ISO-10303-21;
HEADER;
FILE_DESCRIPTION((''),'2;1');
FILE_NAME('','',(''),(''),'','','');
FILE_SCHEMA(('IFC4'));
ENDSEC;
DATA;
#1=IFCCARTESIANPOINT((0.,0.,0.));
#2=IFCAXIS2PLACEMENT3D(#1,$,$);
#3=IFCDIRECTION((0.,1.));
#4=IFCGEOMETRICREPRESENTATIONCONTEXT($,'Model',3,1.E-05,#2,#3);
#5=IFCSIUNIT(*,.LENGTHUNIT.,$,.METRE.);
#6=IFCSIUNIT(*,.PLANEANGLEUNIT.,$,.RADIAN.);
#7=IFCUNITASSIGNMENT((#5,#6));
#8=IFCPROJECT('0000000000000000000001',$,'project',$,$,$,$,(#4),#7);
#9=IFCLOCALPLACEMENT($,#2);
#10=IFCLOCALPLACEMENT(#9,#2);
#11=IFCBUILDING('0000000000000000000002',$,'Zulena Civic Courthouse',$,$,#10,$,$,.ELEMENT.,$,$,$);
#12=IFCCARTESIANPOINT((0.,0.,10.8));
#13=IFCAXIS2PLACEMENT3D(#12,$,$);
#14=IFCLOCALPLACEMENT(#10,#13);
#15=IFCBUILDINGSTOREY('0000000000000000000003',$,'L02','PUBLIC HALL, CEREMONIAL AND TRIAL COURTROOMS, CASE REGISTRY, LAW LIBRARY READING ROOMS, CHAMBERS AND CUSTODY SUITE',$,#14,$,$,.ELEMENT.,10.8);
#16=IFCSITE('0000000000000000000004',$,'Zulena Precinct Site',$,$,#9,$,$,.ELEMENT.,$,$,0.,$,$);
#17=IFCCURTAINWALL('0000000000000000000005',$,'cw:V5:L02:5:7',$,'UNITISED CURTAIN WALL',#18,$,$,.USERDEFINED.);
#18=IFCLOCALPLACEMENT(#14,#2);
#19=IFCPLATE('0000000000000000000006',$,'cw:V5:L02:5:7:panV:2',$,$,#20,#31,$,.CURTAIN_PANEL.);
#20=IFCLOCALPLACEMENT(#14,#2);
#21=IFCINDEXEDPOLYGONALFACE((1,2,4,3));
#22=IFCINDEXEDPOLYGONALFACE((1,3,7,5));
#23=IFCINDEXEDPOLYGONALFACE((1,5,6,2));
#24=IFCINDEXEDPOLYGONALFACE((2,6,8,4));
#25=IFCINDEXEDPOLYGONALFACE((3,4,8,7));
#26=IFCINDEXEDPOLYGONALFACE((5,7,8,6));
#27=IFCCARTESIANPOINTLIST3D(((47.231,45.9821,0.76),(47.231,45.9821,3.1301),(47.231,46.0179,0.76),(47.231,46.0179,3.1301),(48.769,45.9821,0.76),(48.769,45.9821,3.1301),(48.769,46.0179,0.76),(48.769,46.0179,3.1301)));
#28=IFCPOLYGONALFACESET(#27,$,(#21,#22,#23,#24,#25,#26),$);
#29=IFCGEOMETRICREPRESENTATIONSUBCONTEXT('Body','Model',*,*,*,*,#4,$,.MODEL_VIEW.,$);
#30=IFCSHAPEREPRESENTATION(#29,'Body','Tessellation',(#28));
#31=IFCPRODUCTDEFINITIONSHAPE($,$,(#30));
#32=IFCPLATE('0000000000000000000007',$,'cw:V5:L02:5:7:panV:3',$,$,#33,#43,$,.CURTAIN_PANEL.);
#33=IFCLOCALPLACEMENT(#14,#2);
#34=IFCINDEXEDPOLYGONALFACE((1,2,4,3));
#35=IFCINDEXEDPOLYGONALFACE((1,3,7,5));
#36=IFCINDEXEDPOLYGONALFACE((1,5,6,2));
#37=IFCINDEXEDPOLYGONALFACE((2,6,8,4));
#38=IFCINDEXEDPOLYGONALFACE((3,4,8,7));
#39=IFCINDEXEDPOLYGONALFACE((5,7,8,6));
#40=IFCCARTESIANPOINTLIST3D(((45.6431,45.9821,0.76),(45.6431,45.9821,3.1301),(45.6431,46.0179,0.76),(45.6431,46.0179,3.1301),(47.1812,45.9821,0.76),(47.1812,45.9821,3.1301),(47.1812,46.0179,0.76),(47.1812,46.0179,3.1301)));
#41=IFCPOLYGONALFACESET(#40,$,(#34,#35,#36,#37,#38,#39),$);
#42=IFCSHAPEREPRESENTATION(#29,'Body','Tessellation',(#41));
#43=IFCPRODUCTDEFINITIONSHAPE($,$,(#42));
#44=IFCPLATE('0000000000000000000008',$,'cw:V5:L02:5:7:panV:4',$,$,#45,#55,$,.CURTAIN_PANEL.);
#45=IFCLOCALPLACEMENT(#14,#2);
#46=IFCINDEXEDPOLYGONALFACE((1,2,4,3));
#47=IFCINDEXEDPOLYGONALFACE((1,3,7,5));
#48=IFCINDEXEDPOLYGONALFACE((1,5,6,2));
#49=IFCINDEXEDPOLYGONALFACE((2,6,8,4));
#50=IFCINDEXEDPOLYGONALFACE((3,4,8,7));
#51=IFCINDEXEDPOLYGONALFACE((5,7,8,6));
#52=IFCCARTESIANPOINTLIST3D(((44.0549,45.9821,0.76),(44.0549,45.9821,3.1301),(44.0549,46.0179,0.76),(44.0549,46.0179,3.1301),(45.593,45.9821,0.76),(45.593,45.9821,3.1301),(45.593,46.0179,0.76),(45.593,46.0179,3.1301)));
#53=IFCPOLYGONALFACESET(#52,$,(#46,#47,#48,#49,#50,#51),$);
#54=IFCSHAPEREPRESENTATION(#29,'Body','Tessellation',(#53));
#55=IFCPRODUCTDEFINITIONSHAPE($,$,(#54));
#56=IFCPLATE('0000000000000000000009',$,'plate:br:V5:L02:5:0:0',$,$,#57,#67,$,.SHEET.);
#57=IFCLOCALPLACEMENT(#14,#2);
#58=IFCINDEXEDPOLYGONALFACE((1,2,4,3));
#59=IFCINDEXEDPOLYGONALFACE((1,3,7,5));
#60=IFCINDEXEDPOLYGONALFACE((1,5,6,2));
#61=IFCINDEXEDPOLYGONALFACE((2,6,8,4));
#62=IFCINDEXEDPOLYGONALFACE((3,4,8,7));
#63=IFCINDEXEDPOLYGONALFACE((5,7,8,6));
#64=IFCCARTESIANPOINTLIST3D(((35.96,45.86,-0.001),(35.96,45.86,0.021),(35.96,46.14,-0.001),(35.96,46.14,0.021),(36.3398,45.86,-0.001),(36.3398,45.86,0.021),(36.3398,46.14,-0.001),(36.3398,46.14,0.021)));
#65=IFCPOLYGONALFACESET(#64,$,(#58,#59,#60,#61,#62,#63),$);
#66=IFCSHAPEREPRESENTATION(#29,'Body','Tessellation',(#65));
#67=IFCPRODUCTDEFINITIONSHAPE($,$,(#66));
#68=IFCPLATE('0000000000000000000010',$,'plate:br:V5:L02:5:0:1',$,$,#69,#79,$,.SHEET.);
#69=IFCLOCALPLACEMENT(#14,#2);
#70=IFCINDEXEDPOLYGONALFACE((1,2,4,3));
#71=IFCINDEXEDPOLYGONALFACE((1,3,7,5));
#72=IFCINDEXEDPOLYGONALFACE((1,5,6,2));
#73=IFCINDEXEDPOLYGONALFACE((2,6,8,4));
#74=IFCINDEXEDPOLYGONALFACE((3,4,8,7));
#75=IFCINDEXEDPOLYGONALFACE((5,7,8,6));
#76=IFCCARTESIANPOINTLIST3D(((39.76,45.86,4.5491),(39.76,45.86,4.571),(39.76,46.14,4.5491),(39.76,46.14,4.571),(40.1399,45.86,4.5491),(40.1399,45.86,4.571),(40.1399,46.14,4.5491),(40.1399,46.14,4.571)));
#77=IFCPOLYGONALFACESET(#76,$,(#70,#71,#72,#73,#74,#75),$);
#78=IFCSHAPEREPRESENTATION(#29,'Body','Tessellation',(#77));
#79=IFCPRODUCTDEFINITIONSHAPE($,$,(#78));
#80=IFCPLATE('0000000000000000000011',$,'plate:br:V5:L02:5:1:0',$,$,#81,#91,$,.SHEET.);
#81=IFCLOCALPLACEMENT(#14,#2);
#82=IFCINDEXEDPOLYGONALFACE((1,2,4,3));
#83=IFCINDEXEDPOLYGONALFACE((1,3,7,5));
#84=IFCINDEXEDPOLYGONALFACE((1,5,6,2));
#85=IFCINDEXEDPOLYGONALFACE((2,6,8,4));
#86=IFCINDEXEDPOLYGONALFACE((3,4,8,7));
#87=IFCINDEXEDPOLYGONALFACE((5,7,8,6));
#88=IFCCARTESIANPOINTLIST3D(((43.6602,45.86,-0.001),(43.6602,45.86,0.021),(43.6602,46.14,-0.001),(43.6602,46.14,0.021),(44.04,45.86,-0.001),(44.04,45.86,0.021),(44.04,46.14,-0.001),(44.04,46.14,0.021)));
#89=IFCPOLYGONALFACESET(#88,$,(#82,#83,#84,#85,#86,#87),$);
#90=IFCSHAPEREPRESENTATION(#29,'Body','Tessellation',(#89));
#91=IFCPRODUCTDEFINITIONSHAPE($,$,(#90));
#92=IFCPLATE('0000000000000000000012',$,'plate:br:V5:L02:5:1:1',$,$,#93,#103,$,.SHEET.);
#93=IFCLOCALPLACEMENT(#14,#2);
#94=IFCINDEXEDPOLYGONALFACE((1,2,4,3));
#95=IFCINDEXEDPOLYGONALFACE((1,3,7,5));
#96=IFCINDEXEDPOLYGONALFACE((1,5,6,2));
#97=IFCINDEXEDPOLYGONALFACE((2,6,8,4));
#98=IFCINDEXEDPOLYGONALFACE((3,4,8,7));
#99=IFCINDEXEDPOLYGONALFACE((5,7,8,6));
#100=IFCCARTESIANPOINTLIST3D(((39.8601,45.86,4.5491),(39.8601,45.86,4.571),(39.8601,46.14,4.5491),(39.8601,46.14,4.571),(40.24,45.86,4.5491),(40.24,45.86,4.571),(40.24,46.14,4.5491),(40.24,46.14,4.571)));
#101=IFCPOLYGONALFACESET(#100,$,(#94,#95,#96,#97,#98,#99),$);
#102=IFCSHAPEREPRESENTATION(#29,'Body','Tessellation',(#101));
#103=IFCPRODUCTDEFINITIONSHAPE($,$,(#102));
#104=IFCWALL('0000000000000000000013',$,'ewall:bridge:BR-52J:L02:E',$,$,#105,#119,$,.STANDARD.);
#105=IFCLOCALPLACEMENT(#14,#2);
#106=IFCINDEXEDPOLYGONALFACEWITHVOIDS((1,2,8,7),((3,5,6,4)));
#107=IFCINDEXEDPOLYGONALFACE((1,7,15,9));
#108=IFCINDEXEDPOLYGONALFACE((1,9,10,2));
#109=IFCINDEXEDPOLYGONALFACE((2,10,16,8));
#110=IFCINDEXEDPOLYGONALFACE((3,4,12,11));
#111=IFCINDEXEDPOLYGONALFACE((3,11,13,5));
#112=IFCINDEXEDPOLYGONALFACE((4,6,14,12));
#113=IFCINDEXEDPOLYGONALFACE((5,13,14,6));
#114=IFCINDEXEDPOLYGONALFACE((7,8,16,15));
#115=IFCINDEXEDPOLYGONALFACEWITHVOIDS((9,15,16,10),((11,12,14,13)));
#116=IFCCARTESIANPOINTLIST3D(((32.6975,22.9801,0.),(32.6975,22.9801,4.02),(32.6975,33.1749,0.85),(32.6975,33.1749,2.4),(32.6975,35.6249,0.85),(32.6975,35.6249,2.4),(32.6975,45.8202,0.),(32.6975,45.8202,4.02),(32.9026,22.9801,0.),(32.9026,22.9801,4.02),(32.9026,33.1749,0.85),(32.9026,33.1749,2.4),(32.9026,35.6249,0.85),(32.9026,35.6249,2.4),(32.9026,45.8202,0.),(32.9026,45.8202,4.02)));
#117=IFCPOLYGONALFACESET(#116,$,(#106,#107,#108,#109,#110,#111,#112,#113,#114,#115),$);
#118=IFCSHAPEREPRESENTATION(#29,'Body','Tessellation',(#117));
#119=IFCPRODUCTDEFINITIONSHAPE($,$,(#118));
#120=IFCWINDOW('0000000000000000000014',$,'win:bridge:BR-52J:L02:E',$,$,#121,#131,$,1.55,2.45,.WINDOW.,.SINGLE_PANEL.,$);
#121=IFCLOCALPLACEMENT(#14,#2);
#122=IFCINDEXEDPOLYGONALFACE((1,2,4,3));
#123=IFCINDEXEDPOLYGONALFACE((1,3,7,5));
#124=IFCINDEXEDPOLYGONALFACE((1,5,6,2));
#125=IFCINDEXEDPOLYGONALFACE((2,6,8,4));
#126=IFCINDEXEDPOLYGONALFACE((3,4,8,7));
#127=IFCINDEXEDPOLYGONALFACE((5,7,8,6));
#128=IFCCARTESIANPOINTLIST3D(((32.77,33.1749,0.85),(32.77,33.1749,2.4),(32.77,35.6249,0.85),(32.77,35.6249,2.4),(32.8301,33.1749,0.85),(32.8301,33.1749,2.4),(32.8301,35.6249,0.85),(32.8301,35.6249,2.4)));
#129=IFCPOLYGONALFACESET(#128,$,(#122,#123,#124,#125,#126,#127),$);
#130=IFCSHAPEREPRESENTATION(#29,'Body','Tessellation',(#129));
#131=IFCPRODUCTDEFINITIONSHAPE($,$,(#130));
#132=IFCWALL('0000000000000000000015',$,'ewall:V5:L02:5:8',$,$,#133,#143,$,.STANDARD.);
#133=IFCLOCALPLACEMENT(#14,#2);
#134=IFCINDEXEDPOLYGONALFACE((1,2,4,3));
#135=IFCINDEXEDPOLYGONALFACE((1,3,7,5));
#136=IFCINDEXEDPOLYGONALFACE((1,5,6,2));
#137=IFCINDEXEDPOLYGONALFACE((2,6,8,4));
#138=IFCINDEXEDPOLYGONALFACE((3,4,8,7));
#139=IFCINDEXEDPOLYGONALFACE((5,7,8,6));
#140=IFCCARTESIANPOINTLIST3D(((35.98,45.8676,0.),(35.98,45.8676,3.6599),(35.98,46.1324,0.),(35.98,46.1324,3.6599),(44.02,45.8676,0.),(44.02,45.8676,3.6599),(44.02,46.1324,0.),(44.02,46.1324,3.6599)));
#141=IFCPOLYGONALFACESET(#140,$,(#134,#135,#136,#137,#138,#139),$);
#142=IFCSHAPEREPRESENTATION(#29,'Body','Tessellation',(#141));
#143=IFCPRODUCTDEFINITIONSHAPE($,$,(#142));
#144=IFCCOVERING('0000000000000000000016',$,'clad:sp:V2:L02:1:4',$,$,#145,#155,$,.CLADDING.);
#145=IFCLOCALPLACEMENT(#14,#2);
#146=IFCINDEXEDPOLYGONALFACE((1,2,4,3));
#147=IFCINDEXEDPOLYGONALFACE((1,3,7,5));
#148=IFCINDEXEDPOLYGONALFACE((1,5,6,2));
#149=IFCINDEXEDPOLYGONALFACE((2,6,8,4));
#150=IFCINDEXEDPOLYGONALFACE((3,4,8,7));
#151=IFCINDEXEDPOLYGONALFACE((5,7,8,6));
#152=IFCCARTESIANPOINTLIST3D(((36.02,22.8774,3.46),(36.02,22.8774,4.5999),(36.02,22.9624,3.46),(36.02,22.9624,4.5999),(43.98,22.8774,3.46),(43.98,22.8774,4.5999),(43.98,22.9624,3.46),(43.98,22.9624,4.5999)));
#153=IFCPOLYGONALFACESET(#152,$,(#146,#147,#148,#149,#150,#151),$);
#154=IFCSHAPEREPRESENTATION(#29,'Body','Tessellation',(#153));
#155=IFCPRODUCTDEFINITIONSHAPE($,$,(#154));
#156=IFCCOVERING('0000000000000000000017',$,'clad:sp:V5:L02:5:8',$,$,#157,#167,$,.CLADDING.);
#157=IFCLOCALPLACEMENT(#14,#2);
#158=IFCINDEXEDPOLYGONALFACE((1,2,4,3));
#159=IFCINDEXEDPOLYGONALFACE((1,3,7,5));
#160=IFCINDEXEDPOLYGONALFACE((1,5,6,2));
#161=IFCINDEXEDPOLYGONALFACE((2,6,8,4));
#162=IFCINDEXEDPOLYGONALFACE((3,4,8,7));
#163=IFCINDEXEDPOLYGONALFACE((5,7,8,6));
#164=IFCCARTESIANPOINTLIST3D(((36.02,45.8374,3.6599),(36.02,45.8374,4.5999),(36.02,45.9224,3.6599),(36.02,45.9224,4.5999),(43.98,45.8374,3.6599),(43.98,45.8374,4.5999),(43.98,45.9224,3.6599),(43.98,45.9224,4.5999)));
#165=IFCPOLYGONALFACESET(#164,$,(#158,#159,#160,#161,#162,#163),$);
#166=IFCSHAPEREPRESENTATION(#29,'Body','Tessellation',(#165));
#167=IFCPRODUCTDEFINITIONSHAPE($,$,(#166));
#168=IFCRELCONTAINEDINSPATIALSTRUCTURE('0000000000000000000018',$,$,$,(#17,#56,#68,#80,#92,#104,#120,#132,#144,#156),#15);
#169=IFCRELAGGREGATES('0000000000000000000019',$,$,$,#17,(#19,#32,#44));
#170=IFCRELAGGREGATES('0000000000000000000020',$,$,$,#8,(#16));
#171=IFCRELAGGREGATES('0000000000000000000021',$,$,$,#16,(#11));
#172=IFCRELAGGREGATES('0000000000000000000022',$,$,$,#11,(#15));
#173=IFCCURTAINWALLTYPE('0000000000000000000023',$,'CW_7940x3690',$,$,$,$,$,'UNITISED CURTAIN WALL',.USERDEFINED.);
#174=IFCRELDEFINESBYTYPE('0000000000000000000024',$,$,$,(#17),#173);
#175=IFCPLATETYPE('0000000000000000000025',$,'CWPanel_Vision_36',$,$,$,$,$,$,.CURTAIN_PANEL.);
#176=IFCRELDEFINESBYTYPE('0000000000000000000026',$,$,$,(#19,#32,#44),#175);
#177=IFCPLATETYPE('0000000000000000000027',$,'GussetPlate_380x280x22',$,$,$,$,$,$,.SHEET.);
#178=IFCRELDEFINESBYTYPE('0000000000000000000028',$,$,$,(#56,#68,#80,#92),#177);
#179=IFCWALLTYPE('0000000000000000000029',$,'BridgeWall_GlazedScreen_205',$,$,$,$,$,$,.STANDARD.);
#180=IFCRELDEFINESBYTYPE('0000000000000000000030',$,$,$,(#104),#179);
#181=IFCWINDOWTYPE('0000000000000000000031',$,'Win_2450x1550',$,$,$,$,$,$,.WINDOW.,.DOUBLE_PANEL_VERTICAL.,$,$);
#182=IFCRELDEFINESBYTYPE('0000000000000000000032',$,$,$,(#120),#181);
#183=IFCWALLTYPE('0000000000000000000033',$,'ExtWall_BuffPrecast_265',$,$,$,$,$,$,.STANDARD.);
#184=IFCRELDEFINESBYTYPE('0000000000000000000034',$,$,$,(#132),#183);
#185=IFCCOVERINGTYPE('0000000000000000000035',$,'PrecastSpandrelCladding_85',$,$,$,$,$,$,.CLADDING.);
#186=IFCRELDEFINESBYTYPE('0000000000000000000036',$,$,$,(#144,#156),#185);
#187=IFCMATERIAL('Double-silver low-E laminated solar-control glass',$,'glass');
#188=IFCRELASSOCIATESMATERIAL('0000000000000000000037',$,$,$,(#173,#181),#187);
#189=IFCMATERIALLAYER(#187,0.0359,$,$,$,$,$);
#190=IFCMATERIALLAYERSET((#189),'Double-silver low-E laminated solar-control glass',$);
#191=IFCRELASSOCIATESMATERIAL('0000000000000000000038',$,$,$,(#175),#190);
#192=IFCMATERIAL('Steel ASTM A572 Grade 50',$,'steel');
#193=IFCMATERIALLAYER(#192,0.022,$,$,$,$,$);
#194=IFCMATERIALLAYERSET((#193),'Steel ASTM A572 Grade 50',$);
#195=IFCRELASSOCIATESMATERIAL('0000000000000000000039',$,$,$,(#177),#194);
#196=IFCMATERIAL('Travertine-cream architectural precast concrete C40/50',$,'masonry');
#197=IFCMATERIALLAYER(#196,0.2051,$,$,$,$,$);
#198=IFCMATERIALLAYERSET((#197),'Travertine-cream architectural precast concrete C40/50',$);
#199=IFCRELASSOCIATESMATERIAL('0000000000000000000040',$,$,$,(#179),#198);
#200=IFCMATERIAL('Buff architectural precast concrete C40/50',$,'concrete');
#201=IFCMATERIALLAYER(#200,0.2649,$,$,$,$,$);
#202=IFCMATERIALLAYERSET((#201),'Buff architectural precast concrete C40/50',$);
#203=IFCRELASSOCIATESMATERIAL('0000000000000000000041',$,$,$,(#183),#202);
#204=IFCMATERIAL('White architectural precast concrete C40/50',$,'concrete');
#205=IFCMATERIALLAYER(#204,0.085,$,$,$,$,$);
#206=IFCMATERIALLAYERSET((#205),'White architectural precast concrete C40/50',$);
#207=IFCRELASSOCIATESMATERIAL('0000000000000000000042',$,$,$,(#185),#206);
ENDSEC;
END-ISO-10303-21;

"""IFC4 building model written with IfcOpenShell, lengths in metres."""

from ifc_helpers import new_model, si_unit, direction, frame, frame_2d, origin, origin_2d, place, context, subcontext, project, spatial, rectangle, extrude, material, layer, layer_set, type_object, element, fill, aggregate, save


model = new_model("IFC4")

# Units and contexts
model_context = context("Model", 3, precision=1e-05, world=origin(), true_north=direction((0.0, 1.0)))
body_context = subcontext(model_context, "Body", "Model", "MODEL_VIEW")
ifc_project = project(units=[si_unit("LENGTHUNIT", "METRE"), si_unit("PLANEANGLEUNIT", "RADIAN")], contexts=[model_context])

# Site, building, storey
site_placement = place(None, origin())
site = spatial("IfcSite", under=ifc_project, at=site_placement, Name="Zulena Precinct Site", CompositionType="ELEMENT", RefElevation=0.0)
building_placement = place(site_placement, origin())
building = spatial("IfcBuilding", under=site, at=building_placement, Name="Zulena Civic Courthouse", CompositionType="ELEMENT")
storey_placement = place(building_placement, frame((0.0, 0.0, 10.8)))
storey = spatial("IfcBuildingStorey", under=building, at=storey_placement, Name="L02", Description="PUBLIC HALL, CEREMONIAL AND TRIAL COURTROOMS, CASE REGISTRY, LAW LIBRARY READING ROOMS, CHAMBERS AND CUSTODY SUITE", CompositionType="ELEMENT", Elevation=10.8)

# Curtain wall
ifc_material_1 = material(Name="Double-silver low-E laminated solar-control glass", Category="glass")
curtain_wall_type = type_object("IfcCurtainWallType", Name="CW_7940x3690", ElementType="UNITISED CURTAIN WALL", PredefinedType="USERDEFINED", material=ifc_material_1)
curtain_wall_placement = place(storey_placement, origin())
curtain_wall = element("IfcCurtainWall", 1, at=curtain_wall_placement, inside=storey, type_object=curtain_wall_type, Name="cw:V5:L02:5:7", ObjectType="UNITISED CURTAIN WALL", PredefinedType="USERDEFINED")

# Plates
ifc_material_2 = material(Name="Steel ASTM A572 Grade 50", Category="steel")
ifc_layer_1 = layer(ifc_material_1, 0.0359)
ifc_layer_set_1 = layer_set([ifc_layer_1], Name="Double-silver low-E laminated solar-control glass")
plate_type_1 = type_object("IfcPlateType", Name="CWPanel_Vision_36", PredefinedType="CURTAIN_PANEL", material=ifc_layer_set_1)
plate_1_placement = place(storey_placement, frame((48.0, 46.0, 0.76), z_axis=(0.0, 0.0, 1.0), x_axis=(-1.0, 0.0, 0.0)))
plate_1 = element("IfcPlate", 2, at=plate_1_placement, type_object=plate_type_1, Name="cw:V5:L02:5:7:panV:2", PredefinedType="CURTAIN_PANEL", context=body_context, shape_type="SweptSolid", body=[
    extrude(rectangle(XDim=1.5381, YDim=0.0359, at=origin_2d()), origin(), (0.0, 0.0, 1.0), 2.3701),
])
plate_2_placement = place(storey_placement, frame((46.4121, 46.0, 0.76), z_axis=(0.0, 0.0, 1.0), x_axis=(-1.0, 0.0, 0.0)))
plate_2 = element("IfcPlate", 3, at=plate_2_placement, type_object=plate_type_1, Name="cw:V5:L02:5:7:panV:3", PredefinedType="CURTAIN_PANEL", context=body_context, shape_type="SweptSolid", body=[
    extrude(rectangle(XDim=1.5381, YDim=0.0359, at=origin_2d()), origin(), (0.0, 0.0, 1.0), 2.3701),
])
plate_3_placement = place(storey_placement, frame((44.824, 46.0, 0.76), z_axis=(0.0, 0.0, 1.0), x_axis=(-1.0, 0.0, 0.0)))
plate_3 = element("IfcPlate", 4, at=plate_3_placement, type_object=plate_type_1, Name="cw:V5:L02:5:7:panV:4", PredefinedType="CURTAIN_PANEL", context=body_context, shape_type="SweptSolid", body=[
    extrude(rectangle(XDim=1.5381, YDim=0.0359, at=origin_2d()), origin(), (0.0, 0.0, 1.0), 2.3701),
])
aggregate(curtain_wall, [plate_1, plate_2, plate_3])

# Plates
ifc_layer_2 = layer(ifc_material_2, 0.022)
ifc_layer_set_2 = layer_set([ifc_layer_2], Name="Steel ASTM A572 Grade 50")
plate_type_2 = type_object("IfcPlateType", Name="GussetPlate_380x280x22", PredefinedType="SHEET", material=ifc_layer_set_2)
for number, where, z_axis, x_axis, name in (
    (5, (36.1499, 46.0, -0.001), (0.0, 0.0, 1.0), (1.0, 0.0, 0.0), "plate:br:V5:L02:5:0:0"),
    (6, (39.95, 46.0, 4.5491), (0.0, 0.0, 1.0), (1.0, 0.0, 0.0), "plate:br:V5:L02:5:0:1"),
    (7, (43.8501, 46.0, -0.001), (0.0, 0.0, 1.0), (1.0, 0.0, 0.0), "plate:br:V5:L02:5:1:0"),
    (8, (40.05, 46.0, 4.5491), (0.0, 0.0, 1.0), (1.0, 0.0, 0.0), "plate:br:V5:L02:5:1:1"),
):
    element("IfcPlate", number, at=place(storey_placement, frame(where, z_axis=z_axis, x_axis=x_axis)), inside=storey, type_object=plate_type_2, Name=name, PredefinedType="SHEET", context=body_context, shape_type="SweptSolid", body=[
        extrude(rectangle(XDim=0.3799, YDim=0.28, at=origin_2d()), origin(), (0.0, 0.0, 1.0), 0.022),
    ])

# Wall, opening, window
ifc_material_3 = material(Name="Travertine-cream architectural precast concrete C40/50", Category="masonry")
ifc_layer_3 = layer(ifc_material_3, 0.2051)
ifc_layer_set_3 = layer_set([ifc_layer_3], Name="Travertine-cream architectural precast concrete C40/50")
wall_type_1 = type_object("IfcWallType", Name="BridgeWall_GlazedScreen_205", PredefinedType="STANDARD", material=ifc_layer_set_3)
wall_1_placement = place(storey_placement, frame((32.8, 45.8201, 0.0), z_axis=(0.0, 0.0, 1.0), x_axis=(0.0, -1.0, 0.0)))
wall_1 = element("IfcWall", 9, at=wall_1_placement, inside=storey, type_object=wall_type_1, Name="ewall:bridge:BR-52J:L02:E", PredefinedType="STANDARD", context=body_context, shape_type="SweptSolid", body=[
    extrude(rectangle(XDim=22.8401, YDim=0.2051, at=frame_2d((11.4199, 0.0))), origin(), (0.0, 0.0, 1.0), 4.02),
])
opening_placement = place(wall_1_placement, frame((10.1951, 0.0, 0.8501)))
opening = element("IfcOpeningElement", 10, at=opening_placement, cuts=wall_1, PredefinedType="OPENING", context=body_context, shape_type="SweptSolid", body=[
    extrude(rectangle(XDim=2.45, YDim=1.55, at=frame_2d((1.2251, 0.7749))), frame((0.0, 0.1125, 0.0), z_axis=(0.0, -1.0, 0.0), x_axis=(1.0, 0.0, 0.0)), (0.0, 0.0, 1.0), 0.2251),
])
window_type = type_object("IfcWindowType", Name="Win_2450x1550", PartitioningType="DOUBLE_PANEL_VERTICAL", PredefinedType="WINDOW", material=ifc_material_1)
window_placement = place(opening_placement, origin())
window = element("IfcWindow", 11, at=window_placement, inside=storey, type_object=window_type, Name="win:bridge:BR-52J:L02:E", OverallHeight=1.55, OverallWidth=2.45, PartitioningType="SINGLE_PANEL", PredefinedType="WINDOW", context=body_context, shape_type="SweptSolid", body=[
    extrude(rectangle(XDim=2.45, YDim=1.55, at=frame_2d((1.2251, 0.7749))), frame((0.0, 0.03, 0.0), z_axis=(0.0, -1.0, 0.0), x_axis=(1.0, 0.0, 0.0)), (0.0, 0.0, 1.0), 0.0601),
])
fill(opening, window)

# Wall
ifc_material_4 = material(Name="Buff architectural precast concrete C40/50", Category="concrete")
ifc_layer_4 = layer(ifc_material_4, 0.2649)
ifc_layer_set_4 = layer_set([ifc_layer_4], Name="Buff architectural precast concrete C40/50")
wall_type_2 = type_object("IfcWallType", Name="ExtWall_BuffPrecast_265", PredefinedType="STANDARD", material=ifc_layer_set_4)
wall_2_placement = place(storey_placement, frame((44.02, 46.0, 0.0), z_axis=(0.0, 0.0, 1.0), x_axis=(-1.0, 0.0, 0.0)))
element("IfcWall", 12, at=wall_2_placement, inside=storey, type_object=wall_type_2, Name="ewall:V5:L02:5:8", PredefinedType="STANDARD", context=body_context, shape_type="SweptSolid", body=[
    extrude(rectangle(XDim=8.04, YDim=0.2649, at=frame_2d((4.02, 0.0))), origin(), (0.0, 0.0, 1.0), 3.6599),
])

# Coverings
ifc_material_5 = material(Name="White architectural precast concrete C40/50", Category="concrete")
ifc_layer_5 = layer(ifc_material_5, 0.085)
ifc_layer_set_5 = layer_set([ifc_layer_5], Name="White architectural precast concrete C40/50")
covering_type = type_object("IfcCoveringType", Name="PrecastSpandrelCladding_85", PredefinedType="CLADDING", material=ifc_layer_set_5)
covering_1_placement = place(storey_placement, frame((40.0, 22.9199, 3.46), z_axis=(0.0, 0.0, 1.0), x_axis=(1.0, 0.0, 0.0)))
element("IfcCovering", 13, at=covering_1_placement, inside=storey, type_object=covering_type, Name="clad:sp:V2:L02:1:4", PredefinedType="CLADDING", context=body_context, shape_type="SweptSolid", body=[
    extrude(rectangle(XDim=7.96, YDim=0.085, at=origin_2d()), origin(), (0.0, 0.0, 1.0), 1.1399),
])
covering_2_placement = place(storey_placement, frame((40.0, 45.8799, 3.6599), z_axis=(0.0, 0.0, 1.0), x_axis=(-1.0, 0.0, 0.0)))
element("IfcCovering", 14, at=covering_2_placement, inside=storey, type_object=covering_type, Name="clad:sp:V5:L02:5:8", PredefinedType="CLADDING", context=body_context, shape_type="SweptSolid", body=[
    extrude(rectangle(XDim=7.96, YDim=0.085, at=origin_2d()), origin(), (0.0, 0.0, 1.0), 0.9399),
])

save(model, "model.ifc")
